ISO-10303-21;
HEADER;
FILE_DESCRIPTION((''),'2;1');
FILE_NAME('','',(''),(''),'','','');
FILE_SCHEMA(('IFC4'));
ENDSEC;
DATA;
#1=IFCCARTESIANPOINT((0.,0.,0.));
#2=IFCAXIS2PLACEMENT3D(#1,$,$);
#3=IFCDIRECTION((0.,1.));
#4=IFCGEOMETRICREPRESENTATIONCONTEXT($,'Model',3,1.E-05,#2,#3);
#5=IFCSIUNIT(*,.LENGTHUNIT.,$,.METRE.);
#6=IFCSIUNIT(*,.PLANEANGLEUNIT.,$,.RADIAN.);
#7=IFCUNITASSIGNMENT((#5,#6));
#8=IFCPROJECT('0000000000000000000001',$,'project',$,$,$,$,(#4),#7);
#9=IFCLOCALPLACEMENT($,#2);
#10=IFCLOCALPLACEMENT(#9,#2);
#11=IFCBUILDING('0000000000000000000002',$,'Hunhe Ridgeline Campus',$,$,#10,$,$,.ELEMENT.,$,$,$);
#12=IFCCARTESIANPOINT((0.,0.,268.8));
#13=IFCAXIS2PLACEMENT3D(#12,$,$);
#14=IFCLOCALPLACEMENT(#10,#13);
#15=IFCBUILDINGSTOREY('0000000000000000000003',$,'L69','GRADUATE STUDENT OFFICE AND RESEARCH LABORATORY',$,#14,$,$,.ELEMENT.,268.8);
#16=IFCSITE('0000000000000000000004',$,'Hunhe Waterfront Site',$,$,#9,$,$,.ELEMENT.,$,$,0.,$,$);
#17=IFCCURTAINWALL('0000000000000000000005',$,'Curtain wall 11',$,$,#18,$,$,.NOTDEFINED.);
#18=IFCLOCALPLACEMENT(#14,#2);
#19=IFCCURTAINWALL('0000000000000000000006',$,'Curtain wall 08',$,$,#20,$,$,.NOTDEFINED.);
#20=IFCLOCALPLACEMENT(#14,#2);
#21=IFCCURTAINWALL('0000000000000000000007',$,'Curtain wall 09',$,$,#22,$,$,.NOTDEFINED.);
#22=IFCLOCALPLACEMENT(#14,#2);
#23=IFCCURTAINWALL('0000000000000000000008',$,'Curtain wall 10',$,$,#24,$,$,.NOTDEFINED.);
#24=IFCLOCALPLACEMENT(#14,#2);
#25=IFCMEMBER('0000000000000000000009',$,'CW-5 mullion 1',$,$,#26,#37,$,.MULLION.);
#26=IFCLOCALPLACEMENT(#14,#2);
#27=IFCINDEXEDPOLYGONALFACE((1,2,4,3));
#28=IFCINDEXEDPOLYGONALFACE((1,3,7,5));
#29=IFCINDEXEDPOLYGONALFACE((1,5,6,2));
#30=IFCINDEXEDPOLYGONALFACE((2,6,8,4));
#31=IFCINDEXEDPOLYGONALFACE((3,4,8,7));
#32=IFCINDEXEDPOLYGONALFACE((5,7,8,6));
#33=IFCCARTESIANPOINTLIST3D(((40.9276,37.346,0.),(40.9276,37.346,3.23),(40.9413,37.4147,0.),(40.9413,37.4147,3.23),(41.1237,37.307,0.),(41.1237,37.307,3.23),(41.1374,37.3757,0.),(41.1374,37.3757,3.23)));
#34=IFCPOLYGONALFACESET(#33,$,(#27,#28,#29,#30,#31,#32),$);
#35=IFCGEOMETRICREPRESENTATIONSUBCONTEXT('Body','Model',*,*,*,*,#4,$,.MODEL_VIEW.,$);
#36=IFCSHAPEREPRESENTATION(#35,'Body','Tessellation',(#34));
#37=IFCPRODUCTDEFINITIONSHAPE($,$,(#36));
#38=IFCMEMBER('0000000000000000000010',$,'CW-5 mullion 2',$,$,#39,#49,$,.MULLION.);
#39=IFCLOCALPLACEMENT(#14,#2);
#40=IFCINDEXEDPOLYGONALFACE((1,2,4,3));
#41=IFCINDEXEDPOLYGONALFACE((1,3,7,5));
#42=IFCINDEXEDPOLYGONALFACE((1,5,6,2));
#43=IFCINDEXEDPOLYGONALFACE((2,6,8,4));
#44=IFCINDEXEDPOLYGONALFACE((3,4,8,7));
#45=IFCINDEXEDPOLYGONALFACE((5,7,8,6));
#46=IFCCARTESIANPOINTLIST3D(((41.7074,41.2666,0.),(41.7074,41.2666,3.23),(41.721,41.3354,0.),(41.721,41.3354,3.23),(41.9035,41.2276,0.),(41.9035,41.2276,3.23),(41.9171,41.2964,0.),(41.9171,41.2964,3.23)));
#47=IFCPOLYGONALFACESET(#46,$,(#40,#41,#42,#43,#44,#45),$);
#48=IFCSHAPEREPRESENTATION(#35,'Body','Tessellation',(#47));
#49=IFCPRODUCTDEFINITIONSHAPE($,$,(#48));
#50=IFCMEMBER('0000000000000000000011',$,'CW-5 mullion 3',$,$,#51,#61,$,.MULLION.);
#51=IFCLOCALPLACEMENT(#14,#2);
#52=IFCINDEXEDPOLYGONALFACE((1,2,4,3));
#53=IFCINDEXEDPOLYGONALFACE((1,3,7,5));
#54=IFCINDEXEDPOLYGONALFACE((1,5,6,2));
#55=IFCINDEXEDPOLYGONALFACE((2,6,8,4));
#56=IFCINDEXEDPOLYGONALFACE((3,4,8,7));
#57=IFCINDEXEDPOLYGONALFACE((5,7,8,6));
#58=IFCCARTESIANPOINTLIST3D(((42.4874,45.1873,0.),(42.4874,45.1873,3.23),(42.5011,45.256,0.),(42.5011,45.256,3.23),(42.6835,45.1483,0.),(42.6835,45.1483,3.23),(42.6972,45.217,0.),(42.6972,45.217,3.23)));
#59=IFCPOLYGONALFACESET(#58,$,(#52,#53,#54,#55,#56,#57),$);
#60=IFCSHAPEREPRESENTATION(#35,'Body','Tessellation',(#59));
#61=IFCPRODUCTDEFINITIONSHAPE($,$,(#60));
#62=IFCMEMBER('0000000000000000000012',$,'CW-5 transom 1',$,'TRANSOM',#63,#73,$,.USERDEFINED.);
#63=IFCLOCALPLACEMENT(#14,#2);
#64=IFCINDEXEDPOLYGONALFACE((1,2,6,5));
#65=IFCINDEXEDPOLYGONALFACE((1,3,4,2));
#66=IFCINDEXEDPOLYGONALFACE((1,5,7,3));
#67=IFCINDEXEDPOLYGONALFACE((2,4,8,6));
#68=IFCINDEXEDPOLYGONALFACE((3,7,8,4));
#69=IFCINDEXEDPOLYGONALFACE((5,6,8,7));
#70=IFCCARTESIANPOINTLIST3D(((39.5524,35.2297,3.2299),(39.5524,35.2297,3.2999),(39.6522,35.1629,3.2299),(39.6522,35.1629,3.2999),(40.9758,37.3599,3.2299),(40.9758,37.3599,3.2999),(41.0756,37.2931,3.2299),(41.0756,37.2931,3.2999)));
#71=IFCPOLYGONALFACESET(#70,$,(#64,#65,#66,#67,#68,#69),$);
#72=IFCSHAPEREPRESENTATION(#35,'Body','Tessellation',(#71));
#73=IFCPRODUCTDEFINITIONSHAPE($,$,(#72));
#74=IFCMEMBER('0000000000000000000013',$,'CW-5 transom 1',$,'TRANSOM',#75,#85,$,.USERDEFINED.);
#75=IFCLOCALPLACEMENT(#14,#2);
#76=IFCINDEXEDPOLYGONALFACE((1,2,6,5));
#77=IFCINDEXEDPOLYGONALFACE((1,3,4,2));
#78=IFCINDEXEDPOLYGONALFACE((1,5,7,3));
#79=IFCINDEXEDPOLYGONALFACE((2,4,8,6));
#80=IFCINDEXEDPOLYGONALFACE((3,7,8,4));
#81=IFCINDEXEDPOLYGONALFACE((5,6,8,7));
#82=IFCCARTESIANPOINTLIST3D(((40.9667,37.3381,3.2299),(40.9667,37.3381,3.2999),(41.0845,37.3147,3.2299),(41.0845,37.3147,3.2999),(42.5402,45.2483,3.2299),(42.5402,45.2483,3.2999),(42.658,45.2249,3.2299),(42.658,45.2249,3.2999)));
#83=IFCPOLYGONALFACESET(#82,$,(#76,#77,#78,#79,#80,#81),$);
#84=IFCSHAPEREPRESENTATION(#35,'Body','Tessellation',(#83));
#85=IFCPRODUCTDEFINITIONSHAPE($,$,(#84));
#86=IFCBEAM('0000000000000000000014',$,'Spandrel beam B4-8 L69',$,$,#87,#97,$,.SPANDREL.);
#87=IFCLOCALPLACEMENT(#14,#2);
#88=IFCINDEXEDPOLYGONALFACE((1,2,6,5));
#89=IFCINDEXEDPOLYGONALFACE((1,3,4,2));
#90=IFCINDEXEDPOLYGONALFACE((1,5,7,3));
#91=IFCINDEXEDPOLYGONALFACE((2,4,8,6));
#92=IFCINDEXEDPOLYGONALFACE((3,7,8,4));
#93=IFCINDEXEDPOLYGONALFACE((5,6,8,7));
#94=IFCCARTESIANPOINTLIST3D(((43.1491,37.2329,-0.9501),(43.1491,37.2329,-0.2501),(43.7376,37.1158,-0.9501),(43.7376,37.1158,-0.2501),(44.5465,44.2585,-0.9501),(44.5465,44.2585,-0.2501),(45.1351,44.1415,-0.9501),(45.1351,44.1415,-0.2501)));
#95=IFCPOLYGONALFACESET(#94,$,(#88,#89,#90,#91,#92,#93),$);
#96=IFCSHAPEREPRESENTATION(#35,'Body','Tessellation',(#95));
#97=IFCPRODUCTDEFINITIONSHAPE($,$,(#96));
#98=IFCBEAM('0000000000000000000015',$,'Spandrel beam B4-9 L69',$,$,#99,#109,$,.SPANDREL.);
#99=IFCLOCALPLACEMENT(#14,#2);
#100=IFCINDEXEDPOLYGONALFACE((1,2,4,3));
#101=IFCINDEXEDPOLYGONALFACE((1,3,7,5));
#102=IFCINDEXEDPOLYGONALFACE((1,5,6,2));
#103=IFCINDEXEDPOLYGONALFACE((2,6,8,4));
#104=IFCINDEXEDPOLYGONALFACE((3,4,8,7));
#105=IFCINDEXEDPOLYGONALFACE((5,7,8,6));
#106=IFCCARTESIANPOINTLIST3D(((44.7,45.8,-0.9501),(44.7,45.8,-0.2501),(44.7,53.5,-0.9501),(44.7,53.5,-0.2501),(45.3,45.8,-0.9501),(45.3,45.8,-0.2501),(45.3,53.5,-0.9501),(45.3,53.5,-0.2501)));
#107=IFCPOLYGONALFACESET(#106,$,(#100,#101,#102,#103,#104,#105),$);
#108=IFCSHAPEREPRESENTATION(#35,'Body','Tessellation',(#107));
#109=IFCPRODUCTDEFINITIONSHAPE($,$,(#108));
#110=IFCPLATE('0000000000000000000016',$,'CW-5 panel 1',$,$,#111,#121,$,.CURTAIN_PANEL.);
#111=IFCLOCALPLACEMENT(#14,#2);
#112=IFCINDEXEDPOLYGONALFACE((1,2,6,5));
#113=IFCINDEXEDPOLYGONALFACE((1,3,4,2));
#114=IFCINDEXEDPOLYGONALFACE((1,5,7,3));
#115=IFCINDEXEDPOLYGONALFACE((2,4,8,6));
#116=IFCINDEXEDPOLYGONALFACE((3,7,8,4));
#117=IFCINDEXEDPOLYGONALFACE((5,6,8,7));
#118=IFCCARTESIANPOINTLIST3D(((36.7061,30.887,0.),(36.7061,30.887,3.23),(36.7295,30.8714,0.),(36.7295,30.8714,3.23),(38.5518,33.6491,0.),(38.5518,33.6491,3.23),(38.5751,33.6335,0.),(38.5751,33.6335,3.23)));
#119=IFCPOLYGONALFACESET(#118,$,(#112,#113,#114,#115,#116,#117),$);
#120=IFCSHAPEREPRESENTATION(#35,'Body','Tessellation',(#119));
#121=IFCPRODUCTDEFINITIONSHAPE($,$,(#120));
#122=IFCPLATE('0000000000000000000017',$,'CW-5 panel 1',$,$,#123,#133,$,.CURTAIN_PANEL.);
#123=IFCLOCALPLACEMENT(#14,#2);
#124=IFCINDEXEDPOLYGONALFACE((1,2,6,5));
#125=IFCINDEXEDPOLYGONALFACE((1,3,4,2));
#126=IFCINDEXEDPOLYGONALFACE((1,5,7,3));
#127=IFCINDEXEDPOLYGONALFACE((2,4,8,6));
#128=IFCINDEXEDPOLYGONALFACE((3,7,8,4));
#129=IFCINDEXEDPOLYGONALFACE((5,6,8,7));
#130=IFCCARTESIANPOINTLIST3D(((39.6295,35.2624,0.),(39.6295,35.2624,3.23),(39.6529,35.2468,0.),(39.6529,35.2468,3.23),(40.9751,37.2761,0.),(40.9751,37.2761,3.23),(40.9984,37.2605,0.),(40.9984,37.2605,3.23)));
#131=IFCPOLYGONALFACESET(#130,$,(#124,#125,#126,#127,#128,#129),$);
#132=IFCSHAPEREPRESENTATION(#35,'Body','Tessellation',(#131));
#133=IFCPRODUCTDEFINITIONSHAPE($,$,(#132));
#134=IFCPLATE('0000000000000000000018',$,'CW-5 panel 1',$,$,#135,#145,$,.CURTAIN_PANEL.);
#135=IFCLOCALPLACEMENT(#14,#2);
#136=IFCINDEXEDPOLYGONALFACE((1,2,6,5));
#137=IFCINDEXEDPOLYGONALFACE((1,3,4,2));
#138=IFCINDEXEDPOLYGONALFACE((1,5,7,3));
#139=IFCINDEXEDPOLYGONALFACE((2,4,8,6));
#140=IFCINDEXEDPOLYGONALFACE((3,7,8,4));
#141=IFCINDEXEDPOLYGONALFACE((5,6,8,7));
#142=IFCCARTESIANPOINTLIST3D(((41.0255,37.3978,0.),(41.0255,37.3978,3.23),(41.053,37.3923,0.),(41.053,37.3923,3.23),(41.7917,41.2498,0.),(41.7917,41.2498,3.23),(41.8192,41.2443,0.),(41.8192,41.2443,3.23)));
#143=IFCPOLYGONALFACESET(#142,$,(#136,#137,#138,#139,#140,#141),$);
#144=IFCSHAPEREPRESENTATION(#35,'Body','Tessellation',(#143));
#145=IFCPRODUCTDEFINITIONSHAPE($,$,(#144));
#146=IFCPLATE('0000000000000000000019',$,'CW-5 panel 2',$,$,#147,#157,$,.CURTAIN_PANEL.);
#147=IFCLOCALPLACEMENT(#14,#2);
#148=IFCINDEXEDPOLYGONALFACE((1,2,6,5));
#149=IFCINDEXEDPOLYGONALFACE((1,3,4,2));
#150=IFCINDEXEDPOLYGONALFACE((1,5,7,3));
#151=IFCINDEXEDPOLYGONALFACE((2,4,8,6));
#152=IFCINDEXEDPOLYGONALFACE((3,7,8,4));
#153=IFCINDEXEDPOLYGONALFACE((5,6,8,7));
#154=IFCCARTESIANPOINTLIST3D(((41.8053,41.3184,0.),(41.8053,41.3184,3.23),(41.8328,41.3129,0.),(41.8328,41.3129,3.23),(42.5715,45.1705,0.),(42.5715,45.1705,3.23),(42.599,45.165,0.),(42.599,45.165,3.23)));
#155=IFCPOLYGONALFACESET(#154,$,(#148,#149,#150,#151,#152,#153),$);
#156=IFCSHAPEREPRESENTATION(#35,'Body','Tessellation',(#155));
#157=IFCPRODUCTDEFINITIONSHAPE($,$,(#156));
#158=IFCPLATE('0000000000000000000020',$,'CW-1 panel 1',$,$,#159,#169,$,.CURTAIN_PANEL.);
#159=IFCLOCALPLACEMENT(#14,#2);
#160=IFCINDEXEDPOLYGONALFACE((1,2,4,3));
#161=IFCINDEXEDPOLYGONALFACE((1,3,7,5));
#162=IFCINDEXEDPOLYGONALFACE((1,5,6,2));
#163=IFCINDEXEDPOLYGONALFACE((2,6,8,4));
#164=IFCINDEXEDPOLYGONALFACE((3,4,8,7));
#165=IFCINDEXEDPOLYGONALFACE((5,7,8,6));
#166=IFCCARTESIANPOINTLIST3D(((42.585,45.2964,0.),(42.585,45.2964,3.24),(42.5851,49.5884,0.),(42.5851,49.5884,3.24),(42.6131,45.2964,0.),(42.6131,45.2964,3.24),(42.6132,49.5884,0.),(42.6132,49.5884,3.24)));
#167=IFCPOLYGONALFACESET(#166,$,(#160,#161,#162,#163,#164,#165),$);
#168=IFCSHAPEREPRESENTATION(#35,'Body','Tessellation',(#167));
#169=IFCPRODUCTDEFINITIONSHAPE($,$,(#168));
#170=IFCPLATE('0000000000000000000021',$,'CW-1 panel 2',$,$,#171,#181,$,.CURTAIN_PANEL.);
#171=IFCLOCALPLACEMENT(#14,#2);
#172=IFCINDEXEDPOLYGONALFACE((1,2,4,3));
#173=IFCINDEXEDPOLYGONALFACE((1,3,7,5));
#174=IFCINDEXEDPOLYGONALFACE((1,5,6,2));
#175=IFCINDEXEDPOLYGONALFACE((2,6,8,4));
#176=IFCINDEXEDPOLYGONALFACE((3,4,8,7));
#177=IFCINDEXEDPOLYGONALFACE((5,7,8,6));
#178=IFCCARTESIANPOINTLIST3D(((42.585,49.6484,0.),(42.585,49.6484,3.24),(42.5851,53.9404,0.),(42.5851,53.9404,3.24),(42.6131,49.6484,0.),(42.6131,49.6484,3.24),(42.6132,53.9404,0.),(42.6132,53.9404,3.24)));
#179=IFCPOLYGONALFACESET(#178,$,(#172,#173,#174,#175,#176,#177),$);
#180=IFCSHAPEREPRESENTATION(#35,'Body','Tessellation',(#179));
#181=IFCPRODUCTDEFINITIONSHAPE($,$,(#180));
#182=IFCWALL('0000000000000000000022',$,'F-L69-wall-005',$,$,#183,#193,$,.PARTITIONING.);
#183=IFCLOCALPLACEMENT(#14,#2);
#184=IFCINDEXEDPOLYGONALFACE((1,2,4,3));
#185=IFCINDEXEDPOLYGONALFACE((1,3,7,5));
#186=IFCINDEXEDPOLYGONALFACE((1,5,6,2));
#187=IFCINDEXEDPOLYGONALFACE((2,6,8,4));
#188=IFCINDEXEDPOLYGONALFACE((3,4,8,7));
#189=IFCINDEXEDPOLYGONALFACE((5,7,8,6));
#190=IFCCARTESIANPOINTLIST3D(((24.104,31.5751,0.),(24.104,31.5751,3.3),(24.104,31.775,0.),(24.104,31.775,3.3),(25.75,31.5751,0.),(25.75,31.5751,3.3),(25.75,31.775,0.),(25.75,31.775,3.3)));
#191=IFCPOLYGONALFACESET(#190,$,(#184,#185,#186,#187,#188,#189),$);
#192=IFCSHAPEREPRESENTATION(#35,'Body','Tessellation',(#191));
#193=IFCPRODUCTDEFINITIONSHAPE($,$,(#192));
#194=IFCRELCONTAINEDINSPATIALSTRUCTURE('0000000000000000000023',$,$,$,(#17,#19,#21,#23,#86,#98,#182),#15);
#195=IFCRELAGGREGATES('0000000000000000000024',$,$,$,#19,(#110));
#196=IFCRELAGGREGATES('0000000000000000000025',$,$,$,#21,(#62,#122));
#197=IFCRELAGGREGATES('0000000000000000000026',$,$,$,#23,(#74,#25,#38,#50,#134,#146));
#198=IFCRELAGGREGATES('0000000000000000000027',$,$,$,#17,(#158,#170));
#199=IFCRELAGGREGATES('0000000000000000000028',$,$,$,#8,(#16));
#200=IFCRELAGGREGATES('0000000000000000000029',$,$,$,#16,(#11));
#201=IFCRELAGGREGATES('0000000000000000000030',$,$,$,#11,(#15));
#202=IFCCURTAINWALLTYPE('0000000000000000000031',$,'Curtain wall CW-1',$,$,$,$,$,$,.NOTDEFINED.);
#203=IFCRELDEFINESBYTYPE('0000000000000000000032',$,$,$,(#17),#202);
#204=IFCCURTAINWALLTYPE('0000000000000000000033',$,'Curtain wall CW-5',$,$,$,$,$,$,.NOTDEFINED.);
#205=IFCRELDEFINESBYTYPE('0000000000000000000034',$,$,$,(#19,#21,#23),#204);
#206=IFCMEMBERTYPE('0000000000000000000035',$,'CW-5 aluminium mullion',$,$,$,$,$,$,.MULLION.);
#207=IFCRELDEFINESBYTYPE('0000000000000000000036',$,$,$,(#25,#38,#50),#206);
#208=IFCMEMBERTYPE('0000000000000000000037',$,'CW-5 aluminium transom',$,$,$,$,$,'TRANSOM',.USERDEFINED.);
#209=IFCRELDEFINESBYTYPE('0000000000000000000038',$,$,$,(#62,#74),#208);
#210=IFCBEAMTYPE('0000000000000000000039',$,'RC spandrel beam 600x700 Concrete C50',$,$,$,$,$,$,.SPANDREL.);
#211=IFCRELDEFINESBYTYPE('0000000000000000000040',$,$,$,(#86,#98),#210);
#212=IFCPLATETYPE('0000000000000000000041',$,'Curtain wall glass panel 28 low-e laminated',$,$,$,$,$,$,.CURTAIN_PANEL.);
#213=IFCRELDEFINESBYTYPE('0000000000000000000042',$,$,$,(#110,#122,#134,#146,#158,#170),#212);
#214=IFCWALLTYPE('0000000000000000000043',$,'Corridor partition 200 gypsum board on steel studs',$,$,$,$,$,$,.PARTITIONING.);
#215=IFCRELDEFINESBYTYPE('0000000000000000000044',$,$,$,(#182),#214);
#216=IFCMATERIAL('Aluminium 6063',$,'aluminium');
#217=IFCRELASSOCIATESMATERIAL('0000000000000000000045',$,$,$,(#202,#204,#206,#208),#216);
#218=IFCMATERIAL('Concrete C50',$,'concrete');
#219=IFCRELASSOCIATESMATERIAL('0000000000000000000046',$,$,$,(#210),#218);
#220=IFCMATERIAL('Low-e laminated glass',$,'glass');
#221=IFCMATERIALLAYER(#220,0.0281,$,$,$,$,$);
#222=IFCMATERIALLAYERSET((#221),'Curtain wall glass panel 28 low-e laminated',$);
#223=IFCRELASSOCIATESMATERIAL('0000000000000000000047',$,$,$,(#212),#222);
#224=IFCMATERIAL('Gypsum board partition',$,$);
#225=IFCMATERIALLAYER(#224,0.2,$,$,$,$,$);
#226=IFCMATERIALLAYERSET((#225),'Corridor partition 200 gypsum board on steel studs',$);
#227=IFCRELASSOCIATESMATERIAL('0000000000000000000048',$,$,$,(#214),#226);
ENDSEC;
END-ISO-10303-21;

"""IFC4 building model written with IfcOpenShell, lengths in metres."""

from ifc_helpers import new_model, si_unit, direction, frame, frame_2d, origin, origin_2d, place, context, subcontext, project, spatial, rectangle, extrude, material, layer, layer_set, material_profile, profile_set, type_object, element, aggregate, save


model = new_model("IFC4")

# Units and contexts
model_context = context("Model", 3, precision=1e-05, world=origin(), true_north=direction((0.0, 1.0)))
body_context = subcontext(model_context, "Body", "Model", "MODEL_VIEW")
ifc_project = project(units=[si_unit("LENGTHUNIT", "METRE"), si_unit("PLANEANGLEUNIT", "RADIAN")], contexts=[model_context])

# Site, building, storey
site_placement = place(None, origin())
site = spatial("IfcSite", under=ifc_project, at=site_placement, Name="Hunhe Waterfront Site", CompositionType="ELEMENT", RefElevation=0.0)
building_placement = place(site_placement, origin())
building = spatial("IfcBuilding", under=site, at=building_placement, Name="Hunhe Ridgeline Campus", CompositionType="ELEMENT")
storey_placement = place(building_placement, frame((0.0, 0.0, 268.8)))
storey = spatial("IfcBuildingStorey", under=building, at=storey_placement, Name="L69", Description="GRADUATE STUDENT OFFICE AND RESEARCH LABORATORY", CompositionType="ELEMENT", Elevation=268.8)

# Curtain wall
ifc_material_1 = material(Name="Aluminium 6063", Category="aluminium")
curtain_wall_type_1 = type_object("IfcCurtainWallType", Name="Curtain wall CW-1", PredefinedType="NOTDEFINED", material=ifc_material_1)
curtain_wall_1_placement = place(storey_placement, origin())
curtain_wall_1 = element("IfcCurtainWall", 1, at=curtain_wall_1_placement, inside=storey, type_object=curtain_wall_type_1, Name="Curtain wall 11", PredefinedType="NOTDEFINED")

# Curtain wall
curtain_wall_type_2 = type_object("IfcCurtainWallType", Name="Curtain wall CW-5", PredefinedType="NOTDEFINED", material=ifc_material_1)
curtain_wall_2_placement = place(storey_placement, origin())
curtain_wall_2 = element("IfcCurtainWall", 2, at=curtain_wall_2_placement, inside=storey, type_object=curtain_wall_type_2, Name="Curtain wall 08", PredefinedType="NOTDEFINED")
ifc_material_profile_1 = material_profile(ifc_material_1, rectangle(XDim=0.2, YDim=0.0701, at=origin_2d()))
ifc_profile_set_1 = profile_set([ifc_material_profile_1], Name="Aluminium 6063")
member_type_1 = type_object("IfcMemberType", Name="CW-5 aluminium mullion", PredefinedType="MULLION", material=ifc_profile_set_1)

# Curtain walls, members
curtain_wall_3_placement = place(storey_placement, origin())
curtain_wall_3 = element("IfcCurtainWall", 3, at=curtain_wall_3_placement, inside=storey, type_object=curtain_wall_type_2, Name="Curtain wall 09", PredefinedType="NOTDEFINED")
curtain_wall_4_placement = place(storey_placement, origin())
curtain_wall_4 = element("IfcCurtainWall", 4, at=curtain_wall_4_placement, inside=storey, type_object=curtain_wall_type_2, Name="Curtain wall 10", PredefinedType="NOTDEFINED")
member_1_placement = place(storey_placement, frame((41.0325, 37.3608, 0.0), z_axis=(0.0, 0.0, 1.0), x_axis=(-0.980785, 0.19509, 0.0)))
member_1 = element("IfcMember", 5, at=member_1_placement, type_object=member_type_1, Name="CW-5 mullion 1", PredefinedType="MULLION", context=body_context, shape_type="SweptSolid", body=[
    extrude(rectangle(XDim=0.2, YDim=0.0701, at=origin_2d()), origin(), (0.0, 0.0, 1.0), 3.23),
])
member_2_placement = place(storey_placement, frame((41.8123, 41.2815, 0.0), z_axis=(0.0, 0.0, 1.0), x_axis=(-0.980785, 0.19509, 0.0)))
member_2 = element("IfcMember", 6, at=member_2_placement, type_object=member_type_1, Name="CW-5 mullion 2", PredefinedType="MULLION", context=body_context, shape_type="SweptSolid", body=[
    extrude(rectangle(XDim=0.2, YDim=0.0701, at=origin_2d()), origin(), (0.0, 0.0, 1.0), 3.23),
])
member_3_placement = place(storey_placement, frame((42.5923, 45.2021, 0.0), z_axis=(0.0, 0.0, 1.0), x_axis=(-0.980785, 0.19509, 0.0)))
member_3 = element("IfcMember", 7, at=member_3_placement, type_object=member_type_1, Name="CW-5 mullion 3", PredefinedType="MULLION", context=body_context, shape_type="SweptSolid", body=[
    extrude(rectangle(XDim=0.2, YDim=0.0701, at=origin_2d()), origin(), (0.0, 0.0, 1.0), 3.23),
])

# Members
ifc_material_profile_2 = material_profile(ifc_material_1, rectangle(XDim=0.1201, YDim=0.0701, at=origin_2d()))
ifc_profile_set_2 = profile_set([ifc_material_profile_2], Name="Aluminium 6063")
member_type_2 = type_object("IfcMemberType", Name="CW-5 aluminium transom", ElementType="TRANSOM", PredefinedType="USERDEFINED", material=ifc_profile_set_2)
member_4_placement = place(storey_placement, frame((39.6023, 35.1963, 3.2649), z_axis=(0.55558, 0.831463, 0.0), x_axis=(-0.831463, 0.55558, 0.0)))
member_4 = element("IfcMember", 8, at=member_4_placement, type_object=member_type_2, Name="CW-5 transom 1", ObjectType="TRANSOM", PredefinedType="USERDEFINED", context=body_context, shape_type="SweptSolid", body=[
    extrude(rectangle(XDim=0.1201, YDim=0.0701, at=origin_2d()), origin(), (0.0, 0.0, 1.0), 2.562),
])
member_5_placement = place(storey_placement, frame((41.0256, 37.3264, 3.2649), z_axis=(0.195097, 0.980784, 0.0), x_axis=(-0.980784, 0.195097, 0.0)))
member_5 = element("IfcMember", 9, at=member_5_placement, type_object=member_type_2, Name="CW-5 transom 1", ObjectType="TRANSOM", PredefinedType="USERDEFINED", context=body_context, shape_type="SweptSolid", body=[
    extrude(rectangle(XDim=0.1201, YDim=0.0701, at=origin_2d()), origin(), (0.0, 0.0, 1.0), 8.0652),
])

# Beams
ifc_material_2 = material(Name="Concrete C50", Category="concrete")
ifc_material_profile_3 = material_profile(ifc_material_2, rectangle(XDim=0.6001, YDim=0.7, at=origin_2d()))
ifc_profile_set_3 = profile_set([ifc_material_profile_3], Name="Concrete C50")
beam_type = type_object("IfcBeamType", Name="RC spandrel beam 600x700 Concrete C50", PredefinedType="SPANDREL", material=ifc_profile_set_3)
beam_1_placement = place(storey_placement, frame((43.4434, 37.1743, -0.6001), z_axis=(0.195087, 0.980786, 0.0), x_axis=(-0.980786, 0.195087, 0.0)))
element("IfcBeam", 10, at=beam_1_placement, inside=storey, type_object=beam_type, Name="Spandrel beam B4-8 L69", PredefinedType="SPANDREL", context=body_context, shape_type="SweptSolid", body=[
    extrude(rectangle(XDim=0.6001, YDim=0.7, at=origin_2d()), origin(), (0.0, 0.0, 1.0), 7.1633),
])
beam_2_placement = place(storey_placement, frame((45.0, 45.8, -0.6001), z_axis=(0.0, 1.0, 0.0), x_axis=(-1.0, 0.0, 0.0)))
element("IfcBeam", 11, at=beam_2_placement, inside=storey, type_object=beam_type, Name="Spandrel beam B4-9 L69", PredefinedType="SPANDREL", context=body_context, shape_type="SweptSolid", body=[
    extrude(rectangle(XDim=0.6001, YDim=0.7, at=origin_2d()), origin(), (0.0, 0.0, 1.0), 7.7),
])

# Plates
ifc_material_3 = material(Name="Low-e laminated glass", Category="glass")
ifc_layer_1 = layer(ifc_material_3, 0.0281)
ifc_layer_set_1 = layer_set([ifc_layer_1], Name="Curtain wall glass panel 28 low-e laminated")
plate_type = type_object("IfcPlateType", Name="Curtain wall glass panel 28 low-e laminated", PredefinedType="CURTAIN_PANEL", material=ifc_layer_set_1)
plate_1_placement = place(storey_placement, frame((37.6406, 32.2603, 0.0), z_axis=(0.0, 0.0, 1.0), x_axis=(0.55557, 0.83147, 0.0)))
plate_1 = element("IfcPlate", 12, at=plate_1_placement, type_object=plate_type, Name="CW-5 panel 1", PredefinedType="CURTAIN_PANEL", context=body_context, shape_type="SweptSolid", body=[
    extrude(rectangle(XDim=3.322, YDim=0.0281, at=origin_2d()), origin(), (0.0, 0.0, 1.0), 3.23),
])
aggregate(curtain_wall_2, [plate_1])
plate_2_placement = place(storey_placement, frame((40.314, 36.2615, 0.0), z_axis=(0.0, 0.0, 1.0), x_axis=(0.55557, 0.83147, 0.0)))
plate_2 = element("IfcPlate", 13, at=plate_2_placement, type_object=plate_type, Name="CW-5 panel 1", PredefinedType="CURTAIN_PANEL", context=body_context, shape_type="SweptSolid", body=[
    extrude(rectangle(XDim=2.4219, YDim=0.0281, at=origin_2d()), origin(), (0.0, 0.0, 1.0), 3.23),
])
aggregate(curtain_wall_3, [member_4, plate_2])
plate_3_placement = place(storey_placement, frame((41.4224, 39.321, 0.0), z_axis=(0.0, 0.0, 1.0), x_axis=(0.19509, 0.980785, 0.0)))
plate_3 = element("IfcPlate", 14, at=plate_3_placement, type_object=plate_type, Name="CW-5 panel 1", PredefinedType="CURTAIN_PANEL", context=body_context, shape_type="SweptSolid", body=[
    extrude(rectangle(XDim=3.9275, YDim=0.0281, at=origin_2d()), origin(), (0.0, 0.0, 1.0), 3.23),
])
plate_4_placement = place(storey_placement, frame((42.2021, 43.2417, 0.0), z_axis=(0.0, 0.0, 1.0), x_axis=(0.19509, 0.980785, 0.0)))
plate_4 = element("IfcPlate", 15, at=plate_4_placement, type_object=plate_type, Name="CW-5 panel 2", PredefinedType="CURTAIN_PANEL", context=body_context, shape_type="SweptSolid", body=[
    extrude(rectangle(XDim=3.9275, YDim=0.0281, at=origin_2d()), origin(), (0.0, 0.0, 1.0), 3.23),
])
aggregate(curtain_wall_4, [member_5, member_1, member_2, member_3, plate_3, plate_4])
plate_5_placement = place(storey_placement, frame((42.5991, 47.4424, 0.0), z_axis=(0.0, 0.0, 1.0), x_axis=(0.000019, 1.0, 0.0)))
plate_5 = element("IfcPlate", 16, at=plate_5_placement, type_object=plate_type, Name="CW-1 panel 1", PredefinedType="CURTAIN_PANEL", context=body_context, shape_type="SweptSolid", body=[
    extrude(rectangle(XDim=4.292, YDim=0.0281, at=origin_2d()), origin(), (0.0, 0.0, 1.0), 3.24),
])
plate_6_placement = place(storey_placement, frame((42.5991, 51.7944, 0.0), z_axis=(0.0, 0.0, 1.0), x_axis=(0.000019, 1.0, 0.0)))
plate_6 = element("IfcPlate", 17, at=plate_6_placement, type_object=plate_type, Name="CW-1 panel 2", PredefinedType="CURTAIN_PANEL", context=body_context, shape_type="SweptSolid", body=[
    extrude(rectangle(XDim=4.292, YDim=0.0281, at=origin_2d()), origin(), (0.0, 0.0, 1.0), 3.24),
])
aggregate(curtain_wall_1, [plate_5, plate_6])

# Wall
ifc_material_4 = material(Name="Gypsum board partition")
ifc_layer_2 = layer(ifc_material_4, 0.2)
ifc_layer_set_2 = layer_set([ifc_layer_2], Name="Corridor partition 200 gypsum board on steel studs")
wall_type_1 = type_object("IfcWallType", Name="Corridor partition 200 gypsum board on steel studs", PredefinedType="PARTITIONING", material=ifc_layer_set_2)
wall_1_placement = place(storey_placement, frame((24.104, 31.675, 0.0), z_axis=(0.0, 0.0, 1.0), x_axis=(1.0, 0.0, 0.0)))
element("IfcWall", 18, at=wall_1_placement, inside=storey, type_object=wall_type_1, Name="F-L69-wall-005", PredefinedType="PARTITIONING", context=body_context, shape_type="SweptSolid", body=[
    extrude(rectangle(XDim=1.646, YDim=0.2, at=frame_2d((0.823, 0.0))), origin(), (0.0, 0.0, 1.0), 3.3),
])

save(model, "model.ifc")
